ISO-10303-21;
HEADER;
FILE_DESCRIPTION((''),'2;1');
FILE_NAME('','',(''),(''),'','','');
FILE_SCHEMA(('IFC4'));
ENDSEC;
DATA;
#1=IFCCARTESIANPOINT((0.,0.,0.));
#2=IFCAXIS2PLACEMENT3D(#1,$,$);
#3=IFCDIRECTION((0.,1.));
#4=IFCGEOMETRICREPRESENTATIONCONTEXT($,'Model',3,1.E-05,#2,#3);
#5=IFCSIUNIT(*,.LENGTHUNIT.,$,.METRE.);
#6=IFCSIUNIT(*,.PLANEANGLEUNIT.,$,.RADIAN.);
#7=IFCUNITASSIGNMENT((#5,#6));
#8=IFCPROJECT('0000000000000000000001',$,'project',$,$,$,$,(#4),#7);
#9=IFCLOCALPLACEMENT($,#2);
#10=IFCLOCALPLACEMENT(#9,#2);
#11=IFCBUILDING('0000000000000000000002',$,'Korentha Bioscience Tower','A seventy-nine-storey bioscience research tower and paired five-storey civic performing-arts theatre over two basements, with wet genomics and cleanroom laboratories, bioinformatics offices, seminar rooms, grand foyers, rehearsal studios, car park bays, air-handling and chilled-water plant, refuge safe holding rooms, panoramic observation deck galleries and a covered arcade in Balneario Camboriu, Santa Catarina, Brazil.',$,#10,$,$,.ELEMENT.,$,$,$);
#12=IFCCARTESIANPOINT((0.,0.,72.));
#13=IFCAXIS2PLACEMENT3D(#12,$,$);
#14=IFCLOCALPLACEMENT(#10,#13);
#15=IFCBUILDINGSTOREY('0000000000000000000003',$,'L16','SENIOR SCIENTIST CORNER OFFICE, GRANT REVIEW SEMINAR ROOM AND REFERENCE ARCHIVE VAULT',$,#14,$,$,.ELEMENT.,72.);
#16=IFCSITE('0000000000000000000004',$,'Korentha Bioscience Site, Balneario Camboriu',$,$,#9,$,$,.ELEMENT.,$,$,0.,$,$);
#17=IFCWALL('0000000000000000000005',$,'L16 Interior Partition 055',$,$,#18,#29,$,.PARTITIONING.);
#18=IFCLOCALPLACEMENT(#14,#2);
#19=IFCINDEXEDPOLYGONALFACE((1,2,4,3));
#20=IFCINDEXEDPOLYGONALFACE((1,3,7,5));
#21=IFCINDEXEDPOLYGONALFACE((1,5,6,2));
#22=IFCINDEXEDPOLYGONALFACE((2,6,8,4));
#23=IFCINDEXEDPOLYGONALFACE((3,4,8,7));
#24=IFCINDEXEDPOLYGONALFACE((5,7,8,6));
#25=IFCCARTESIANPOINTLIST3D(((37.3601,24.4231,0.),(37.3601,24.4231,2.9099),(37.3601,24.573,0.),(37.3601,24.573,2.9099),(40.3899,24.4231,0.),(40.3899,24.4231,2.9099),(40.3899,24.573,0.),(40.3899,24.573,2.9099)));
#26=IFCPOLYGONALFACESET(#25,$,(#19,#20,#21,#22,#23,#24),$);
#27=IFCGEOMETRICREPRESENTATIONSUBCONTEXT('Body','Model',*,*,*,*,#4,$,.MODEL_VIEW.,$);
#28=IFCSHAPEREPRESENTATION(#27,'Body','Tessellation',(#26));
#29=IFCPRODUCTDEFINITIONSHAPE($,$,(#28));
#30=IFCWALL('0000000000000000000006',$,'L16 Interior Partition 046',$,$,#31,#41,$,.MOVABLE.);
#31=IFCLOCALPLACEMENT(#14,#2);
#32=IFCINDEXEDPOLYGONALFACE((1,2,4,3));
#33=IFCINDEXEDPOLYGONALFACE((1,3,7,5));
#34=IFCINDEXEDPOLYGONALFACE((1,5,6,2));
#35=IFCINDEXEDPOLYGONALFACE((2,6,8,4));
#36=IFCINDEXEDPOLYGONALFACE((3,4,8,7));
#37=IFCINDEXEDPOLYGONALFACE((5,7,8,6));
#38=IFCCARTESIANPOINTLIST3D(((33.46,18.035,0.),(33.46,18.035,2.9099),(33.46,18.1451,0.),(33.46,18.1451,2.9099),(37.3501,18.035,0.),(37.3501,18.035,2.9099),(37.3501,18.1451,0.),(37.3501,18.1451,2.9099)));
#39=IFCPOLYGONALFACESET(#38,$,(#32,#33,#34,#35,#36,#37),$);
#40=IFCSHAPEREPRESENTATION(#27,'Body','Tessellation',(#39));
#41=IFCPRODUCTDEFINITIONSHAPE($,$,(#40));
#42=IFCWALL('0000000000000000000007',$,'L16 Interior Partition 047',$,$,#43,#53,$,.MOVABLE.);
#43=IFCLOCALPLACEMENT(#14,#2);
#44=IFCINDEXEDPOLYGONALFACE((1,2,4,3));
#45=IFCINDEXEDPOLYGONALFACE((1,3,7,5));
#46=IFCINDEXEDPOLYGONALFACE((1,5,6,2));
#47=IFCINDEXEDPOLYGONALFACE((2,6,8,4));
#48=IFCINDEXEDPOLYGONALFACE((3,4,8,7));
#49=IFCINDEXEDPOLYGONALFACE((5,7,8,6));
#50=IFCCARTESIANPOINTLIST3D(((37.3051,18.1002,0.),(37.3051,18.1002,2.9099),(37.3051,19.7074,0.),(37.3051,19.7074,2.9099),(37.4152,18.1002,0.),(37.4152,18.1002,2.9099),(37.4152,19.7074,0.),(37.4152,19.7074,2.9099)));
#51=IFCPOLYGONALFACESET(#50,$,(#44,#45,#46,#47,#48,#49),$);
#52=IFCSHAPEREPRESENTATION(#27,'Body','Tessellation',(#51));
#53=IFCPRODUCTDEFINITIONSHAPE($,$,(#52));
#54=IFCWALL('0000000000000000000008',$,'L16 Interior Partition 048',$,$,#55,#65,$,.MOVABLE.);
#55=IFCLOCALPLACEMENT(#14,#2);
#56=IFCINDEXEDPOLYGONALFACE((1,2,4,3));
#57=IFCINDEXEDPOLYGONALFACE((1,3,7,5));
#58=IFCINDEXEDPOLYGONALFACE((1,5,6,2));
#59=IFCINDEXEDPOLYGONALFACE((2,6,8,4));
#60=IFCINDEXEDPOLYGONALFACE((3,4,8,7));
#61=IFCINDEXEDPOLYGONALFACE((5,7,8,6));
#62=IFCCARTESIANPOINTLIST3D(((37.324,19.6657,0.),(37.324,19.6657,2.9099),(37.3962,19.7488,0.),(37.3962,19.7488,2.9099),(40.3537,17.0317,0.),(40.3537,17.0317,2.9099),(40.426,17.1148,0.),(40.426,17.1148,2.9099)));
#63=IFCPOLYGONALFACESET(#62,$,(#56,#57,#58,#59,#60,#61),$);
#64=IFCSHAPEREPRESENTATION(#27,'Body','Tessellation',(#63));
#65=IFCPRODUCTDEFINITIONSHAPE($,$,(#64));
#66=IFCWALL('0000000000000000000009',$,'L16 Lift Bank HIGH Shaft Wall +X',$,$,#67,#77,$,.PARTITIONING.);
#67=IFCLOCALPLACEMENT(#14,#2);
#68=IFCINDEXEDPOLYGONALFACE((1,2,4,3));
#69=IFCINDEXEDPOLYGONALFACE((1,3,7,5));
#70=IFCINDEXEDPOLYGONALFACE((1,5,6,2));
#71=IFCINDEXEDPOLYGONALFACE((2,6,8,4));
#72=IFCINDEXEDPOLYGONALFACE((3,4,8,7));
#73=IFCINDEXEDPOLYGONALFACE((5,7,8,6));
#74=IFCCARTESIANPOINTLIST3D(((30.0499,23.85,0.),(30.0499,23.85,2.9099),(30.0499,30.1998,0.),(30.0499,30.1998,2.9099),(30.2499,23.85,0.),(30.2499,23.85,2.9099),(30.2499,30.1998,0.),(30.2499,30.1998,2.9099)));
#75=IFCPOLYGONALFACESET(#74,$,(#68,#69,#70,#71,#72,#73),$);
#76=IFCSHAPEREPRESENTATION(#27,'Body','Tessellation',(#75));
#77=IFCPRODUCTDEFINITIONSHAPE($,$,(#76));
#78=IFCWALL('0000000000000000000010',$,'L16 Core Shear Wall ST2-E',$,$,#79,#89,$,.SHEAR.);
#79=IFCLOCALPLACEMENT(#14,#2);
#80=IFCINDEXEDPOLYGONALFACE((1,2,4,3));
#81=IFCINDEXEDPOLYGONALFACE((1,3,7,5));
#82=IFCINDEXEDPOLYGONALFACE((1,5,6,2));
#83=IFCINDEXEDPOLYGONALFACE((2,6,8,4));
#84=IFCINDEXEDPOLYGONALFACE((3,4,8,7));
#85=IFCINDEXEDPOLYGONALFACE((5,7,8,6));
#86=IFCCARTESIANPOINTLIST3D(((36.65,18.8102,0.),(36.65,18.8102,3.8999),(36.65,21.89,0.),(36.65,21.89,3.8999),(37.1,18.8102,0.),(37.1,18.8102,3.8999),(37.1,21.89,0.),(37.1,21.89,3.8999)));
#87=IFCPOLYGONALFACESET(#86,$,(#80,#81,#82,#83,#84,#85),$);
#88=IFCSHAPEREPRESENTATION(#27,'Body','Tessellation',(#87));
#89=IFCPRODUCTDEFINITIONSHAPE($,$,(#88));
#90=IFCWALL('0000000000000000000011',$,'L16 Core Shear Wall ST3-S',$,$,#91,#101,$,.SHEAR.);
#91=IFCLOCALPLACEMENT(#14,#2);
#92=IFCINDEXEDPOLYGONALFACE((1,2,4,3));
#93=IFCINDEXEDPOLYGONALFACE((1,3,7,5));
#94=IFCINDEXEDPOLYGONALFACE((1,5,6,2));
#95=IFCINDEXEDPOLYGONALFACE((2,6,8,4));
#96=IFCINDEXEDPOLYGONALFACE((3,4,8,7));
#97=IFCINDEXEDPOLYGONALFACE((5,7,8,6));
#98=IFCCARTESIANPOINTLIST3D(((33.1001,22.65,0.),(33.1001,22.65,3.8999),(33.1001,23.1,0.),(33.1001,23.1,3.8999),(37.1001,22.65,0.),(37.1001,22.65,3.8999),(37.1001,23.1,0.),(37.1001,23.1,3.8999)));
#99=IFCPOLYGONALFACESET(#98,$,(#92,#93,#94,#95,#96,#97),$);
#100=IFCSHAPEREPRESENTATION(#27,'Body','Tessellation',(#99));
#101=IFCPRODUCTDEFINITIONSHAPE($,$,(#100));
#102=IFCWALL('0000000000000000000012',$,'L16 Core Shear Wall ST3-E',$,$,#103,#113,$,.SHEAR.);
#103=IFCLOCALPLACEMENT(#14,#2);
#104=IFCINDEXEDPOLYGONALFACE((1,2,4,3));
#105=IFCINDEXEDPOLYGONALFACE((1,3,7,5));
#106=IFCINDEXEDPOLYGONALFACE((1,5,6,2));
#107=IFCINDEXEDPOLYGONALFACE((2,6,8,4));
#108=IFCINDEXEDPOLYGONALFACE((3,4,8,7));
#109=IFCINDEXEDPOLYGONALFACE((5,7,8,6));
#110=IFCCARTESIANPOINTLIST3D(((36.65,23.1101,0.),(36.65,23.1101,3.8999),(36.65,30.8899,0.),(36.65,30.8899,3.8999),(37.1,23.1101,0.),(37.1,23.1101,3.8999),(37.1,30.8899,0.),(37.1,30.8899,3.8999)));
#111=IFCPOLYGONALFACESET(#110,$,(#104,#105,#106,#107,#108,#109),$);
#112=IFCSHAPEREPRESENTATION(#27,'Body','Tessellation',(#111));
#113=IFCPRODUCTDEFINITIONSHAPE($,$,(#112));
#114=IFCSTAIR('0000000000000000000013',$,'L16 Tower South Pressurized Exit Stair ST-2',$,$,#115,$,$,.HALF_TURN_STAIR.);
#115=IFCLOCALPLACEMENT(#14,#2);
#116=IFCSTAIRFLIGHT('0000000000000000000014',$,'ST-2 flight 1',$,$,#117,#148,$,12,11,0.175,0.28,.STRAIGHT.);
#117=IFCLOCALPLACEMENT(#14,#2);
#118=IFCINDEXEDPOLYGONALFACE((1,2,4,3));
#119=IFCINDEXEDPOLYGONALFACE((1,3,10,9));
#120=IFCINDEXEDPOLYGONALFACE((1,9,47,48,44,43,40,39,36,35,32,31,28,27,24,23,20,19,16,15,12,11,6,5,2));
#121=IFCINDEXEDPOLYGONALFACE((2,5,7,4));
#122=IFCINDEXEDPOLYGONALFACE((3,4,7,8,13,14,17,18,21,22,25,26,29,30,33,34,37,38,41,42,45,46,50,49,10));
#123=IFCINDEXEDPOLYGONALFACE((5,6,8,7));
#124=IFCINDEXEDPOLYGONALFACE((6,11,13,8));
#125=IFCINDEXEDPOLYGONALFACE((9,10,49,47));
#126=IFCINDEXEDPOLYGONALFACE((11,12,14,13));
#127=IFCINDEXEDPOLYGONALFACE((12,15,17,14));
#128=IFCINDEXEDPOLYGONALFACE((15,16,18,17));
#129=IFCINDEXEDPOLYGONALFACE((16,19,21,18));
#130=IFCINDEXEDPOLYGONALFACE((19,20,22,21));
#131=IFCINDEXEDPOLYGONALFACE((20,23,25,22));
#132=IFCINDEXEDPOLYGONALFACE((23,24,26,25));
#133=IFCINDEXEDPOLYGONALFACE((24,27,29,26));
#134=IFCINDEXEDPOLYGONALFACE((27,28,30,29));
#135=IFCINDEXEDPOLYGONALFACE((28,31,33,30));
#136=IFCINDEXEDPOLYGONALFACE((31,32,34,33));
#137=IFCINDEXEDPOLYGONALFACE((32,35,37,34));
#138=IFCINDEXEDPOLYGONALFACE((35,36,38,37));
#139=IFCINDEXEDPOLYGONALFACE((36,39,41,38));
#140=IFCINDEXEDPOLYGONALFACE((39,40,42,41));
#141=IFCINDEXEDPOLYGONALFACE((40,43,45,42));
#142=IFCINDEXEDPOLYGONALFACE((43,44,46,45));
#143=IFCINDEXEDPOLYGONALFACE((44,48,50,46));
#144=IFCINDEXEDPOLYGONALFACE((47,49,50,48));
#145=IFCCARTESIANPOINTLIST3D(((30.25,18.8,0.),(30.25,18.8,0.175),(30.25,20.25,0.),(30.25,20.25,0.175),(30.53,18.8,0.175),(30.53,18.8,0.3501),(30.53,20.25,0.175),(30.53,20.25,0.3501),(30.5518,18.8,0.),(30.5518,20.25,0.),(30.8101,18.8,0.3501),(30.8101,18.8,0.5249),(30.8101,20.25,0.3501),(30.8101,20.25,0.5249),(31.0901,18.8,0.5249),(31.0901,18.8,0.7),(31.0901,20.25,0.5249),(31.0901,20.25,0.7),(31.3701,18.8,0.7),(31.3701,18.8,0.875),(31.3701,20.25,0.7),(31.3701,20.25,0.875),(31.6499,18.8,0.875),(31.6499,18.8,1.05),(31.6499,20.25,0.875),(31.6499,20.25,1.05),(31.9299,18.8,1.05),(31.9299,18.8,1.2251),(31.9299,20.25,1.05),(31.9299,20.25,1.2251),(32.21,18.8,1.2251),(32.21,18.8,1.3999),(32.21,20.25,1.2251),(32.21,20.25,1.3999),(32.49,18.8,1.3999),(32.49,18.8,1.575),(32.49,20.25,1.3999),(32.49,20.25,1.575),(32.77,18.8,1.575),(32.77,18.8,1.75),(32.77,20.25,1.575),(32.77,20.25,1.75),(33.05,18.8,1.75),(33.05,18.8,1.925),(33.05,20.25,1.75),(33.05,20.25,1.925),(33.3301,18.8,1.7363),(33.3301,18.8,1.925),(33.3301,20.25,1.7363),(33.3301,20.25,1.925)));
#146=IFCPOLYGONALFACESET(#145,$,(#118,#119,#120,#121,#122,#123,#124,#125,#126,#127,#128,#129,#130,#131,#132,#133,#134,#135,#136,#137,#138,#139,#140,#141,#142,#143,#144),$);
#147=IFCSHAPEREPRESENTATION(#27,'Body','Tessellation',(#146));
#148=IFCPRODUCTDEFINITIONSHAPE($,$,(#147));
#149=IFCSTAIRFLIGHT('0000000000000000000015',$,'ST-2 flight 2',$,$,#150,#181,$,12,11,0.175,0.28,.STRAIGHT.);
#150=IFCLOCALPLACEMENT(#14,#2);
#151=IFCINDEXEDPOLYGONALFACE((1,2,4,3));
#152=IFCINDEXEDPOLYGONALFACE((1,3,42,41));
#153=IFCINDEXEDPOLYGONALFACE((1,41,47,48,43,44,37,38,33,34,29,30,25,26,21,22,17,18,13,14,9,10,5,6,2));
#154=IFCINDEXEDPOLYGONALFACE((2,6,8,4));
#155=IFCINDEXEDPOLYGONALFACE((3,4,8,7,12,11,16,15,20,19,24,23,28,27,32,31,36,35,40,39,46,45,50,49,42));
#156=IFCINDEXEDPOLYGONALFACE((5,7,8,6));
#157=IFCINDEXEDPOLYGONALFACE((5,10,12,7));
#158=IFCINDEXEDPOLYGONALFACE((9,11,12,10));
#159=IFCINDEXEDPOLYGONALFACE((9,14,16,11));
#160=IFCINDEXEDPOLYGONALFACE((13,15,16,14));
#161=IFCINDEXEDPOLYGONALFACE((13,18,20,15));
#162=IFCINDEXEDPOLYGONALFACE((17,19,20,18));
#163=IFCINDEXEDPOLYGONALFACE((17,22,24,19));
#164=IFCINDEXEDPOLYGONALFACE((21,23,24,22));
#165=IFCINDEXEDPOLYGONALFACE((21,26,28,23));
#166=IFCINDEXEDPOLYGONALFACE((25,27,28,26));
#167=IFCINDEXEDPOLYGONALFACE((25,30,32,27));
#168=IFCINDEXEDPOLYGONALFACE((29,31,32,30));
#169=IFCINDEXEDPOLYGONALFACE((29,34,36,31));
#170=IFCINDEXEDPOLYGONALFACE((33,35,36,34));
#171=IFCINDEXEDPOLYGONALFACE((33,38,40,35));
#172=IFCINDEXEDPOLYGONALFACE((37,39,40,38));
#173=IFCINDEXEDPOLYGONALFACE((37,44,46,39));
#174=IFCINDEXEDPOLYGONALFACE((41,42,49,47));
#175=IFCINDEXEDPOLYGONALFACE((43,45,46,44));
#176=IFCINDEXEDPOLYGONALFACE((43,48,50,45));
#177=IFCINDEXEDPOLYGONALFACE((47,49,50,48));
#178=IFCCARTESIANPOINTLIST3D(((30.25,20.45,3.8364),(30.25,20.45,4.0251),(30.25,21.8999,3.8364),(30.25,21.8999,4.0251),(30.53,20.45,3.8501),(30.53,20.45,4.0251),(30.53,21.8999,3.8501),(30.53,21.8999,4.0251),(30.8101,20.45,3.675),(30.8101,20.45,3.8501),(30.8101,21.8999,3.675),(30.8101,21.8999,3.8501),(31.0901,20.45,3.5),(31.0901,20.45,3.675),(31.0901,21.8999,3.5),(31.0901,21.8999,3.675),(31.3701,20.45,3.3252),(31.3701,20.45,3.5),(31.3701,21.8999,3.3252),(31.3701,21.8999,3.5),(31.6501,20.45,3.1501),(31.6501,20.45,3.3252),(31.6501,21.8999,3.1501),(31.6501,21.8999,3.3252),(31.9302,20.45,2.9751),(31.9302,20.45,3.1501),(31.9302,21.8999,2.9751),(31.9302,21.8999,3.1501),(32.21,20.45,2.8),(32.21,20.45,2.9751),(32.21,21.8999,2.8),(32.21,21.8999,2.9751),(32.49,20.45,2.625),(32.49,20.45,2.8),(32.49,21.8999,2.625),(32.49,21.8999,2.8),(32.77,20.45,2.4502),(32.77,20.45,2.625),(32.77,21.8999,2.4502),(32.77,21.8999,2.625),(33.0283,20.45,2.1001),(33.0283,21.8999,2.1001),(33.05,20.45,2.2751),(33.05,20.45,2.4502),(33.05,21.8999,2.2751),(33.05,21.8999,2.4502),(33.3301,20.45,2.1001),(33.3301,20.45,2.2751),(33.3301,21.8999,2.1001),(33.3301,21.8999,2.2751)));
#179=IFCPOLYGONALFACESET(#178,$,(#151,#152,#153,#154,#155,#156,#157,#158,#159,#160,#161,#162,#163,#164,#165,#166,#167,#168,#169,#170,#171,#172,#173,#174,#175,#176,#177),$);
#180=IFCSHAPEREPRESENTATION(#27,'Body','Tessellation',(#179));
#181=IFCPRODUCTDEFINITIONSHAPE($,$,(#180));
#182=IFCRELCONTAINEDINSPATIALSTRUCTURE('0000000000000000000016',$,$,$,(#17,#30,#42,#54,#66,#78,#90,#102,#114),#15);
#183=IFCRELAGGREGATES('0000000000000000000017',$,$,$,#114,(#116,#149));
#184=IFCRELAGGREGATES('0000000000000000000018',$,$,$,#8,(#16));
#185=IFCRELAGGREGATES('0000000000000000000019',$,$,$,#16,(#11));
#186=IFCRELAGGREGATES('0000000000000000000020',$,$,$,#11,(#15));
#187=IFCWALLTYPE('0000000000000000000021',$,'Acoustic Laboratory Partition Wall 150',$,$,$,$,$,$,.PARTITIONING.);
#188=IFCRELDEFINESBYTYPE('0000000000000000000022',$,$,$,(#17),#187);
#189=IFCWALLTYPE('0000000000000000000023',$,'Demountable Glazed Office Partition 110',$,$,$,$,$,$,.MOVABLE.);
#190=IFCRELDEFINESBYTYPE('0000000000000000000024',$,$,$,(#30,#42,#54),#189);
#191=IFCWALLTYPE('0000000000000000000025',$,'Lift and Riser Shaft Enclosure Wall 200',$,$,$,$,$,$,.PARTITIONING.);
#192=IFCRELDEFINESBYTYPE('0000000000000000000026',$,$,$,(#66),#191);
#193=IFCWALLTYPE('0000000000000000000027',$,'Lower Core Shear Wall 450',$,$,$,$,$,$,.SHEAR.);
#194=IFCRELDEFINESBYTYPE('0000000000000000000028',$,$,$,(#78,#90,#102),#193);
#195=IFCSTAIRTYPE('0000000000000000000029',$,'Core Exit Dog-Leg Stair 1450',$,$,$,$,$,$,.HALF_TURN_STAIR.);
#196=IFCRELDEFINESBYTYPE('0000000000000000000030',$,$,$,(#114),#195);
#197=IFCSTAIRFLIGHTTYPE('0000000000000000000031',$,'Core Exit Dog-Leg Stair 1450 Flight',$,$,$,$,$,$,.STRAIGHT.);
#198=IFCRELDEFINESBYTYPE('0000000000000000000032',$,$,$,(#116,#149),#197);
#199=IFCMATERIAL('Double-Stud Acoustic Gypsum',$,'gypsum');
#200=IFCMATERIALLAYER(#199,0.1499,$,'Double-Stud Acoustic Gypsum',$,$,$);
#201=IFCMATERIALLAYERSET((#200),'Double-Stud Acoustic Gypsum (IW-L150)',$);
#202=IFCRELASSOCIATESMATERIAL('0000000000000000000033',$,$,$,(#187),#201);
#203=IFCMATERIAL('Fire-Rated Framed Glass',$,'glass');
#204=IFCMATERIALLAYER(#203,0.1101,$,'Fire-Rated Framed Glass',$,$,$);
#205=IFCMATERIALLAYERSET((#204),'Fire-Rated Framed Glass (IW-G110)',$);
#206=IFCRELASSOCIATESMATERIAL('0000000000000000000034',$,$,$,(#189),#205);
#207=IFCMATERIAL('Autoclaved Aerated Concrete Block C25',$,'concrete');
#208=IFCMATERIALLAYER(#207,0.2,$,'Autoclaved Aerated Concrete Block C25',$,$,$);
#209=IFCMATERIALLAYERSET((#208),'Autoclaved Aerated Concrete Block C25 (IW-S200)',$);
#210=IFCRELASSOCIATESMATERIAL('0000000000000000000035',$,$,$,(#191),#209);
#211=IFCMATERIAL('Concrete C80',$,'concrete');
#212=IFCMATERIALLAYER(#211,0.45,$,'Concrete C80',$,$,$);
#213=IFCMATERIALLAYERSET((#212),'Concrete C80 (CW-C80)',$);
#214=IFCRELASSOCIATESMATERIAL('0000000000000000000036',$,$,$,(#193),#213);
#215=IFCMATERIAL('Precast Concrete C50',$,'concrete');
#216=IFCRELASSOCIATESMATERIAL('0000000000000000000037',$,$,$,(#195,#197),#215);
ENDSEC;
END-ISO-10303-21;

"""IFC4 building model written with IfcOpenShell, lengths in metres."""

from ifc_helpers import new_model, si_unit, direction, frame, frame_2d, origin, place, context, subcontext, project, spatial, polyline, rectangle, outline, extrude, material, layer, layer_set, type_object, element, aggregate, save


model = new_model("IFC4")

# Units and contexts
model_context = context("Model", 3, precision=1e-05, world=origin(), true_north=direction((0.0, 1.0)))
body_context = subcontext(model_context, "Body", "Model", "MODEL_VIEW")
ifc_project = project(units=[si_unit("LENGTHUNIT", "METRE"), si_unit("PLANEANGLEUNIT", "RADIAN")], contexts=[model_context])

# Site, building, storey
site_placement = place(None, origin())
site = spatial("IfcSite", under=ifc_project, at=site_placement, Name="Korentha Bioscience Site, Balneario Camboriu", CompositionType="ELEMENT", RefElevation=0.0)
building_placement = place(site_placement, origin())
building = spatial("IfcBuilding", under=site, at=building_placement, Name="Korentha Bioscience Tower", Description="A seventy-nine-storey bioscience research tower and paired five-storey civic performing-arts theatre over two basements, with wet genomics and cleanroom laboratories, bioinformatics offices, seminar rooms, grand foyers, rehearsal studios, car park bays, air-handling and chilled-water plant, refuge safe holding rooms, panoramic observation deck galleries and a covered arcade in Balneario Camboriu, Santa Catarina, Brazil.", CompositionType="ELEMENT")
storey_placement = place(building_placement, frame((0.0, 0.0, 72.0)))
storey = spatial("IfcBuildingStorey", under=building, at=storey_placement, Name="L16", Description="SENIOR SCIENTIST CORNER OFFICE, GRANT REVIEW SEMINAR ROOM AND REFERENCE ARCHIVE VAULT", CompositionType="ELEMENT", Elevation=72.0)

# Shared definitions
ifc_material_1 = material(Name="Double-Stud Acoustic Gypsum", Category="gypsum")
ifc_layer_1 = layer(ifc_material_1, 0.1499, Name="Double-Stud Acoustic Gypsum")
ifc_layer_set_1 = layer_set([ifc_layer_1], Name="Double-Stud Acoustic Gypsum (IW-L150)")
wall_type_1 = type_object("IfcWallType", Name="Acoustic Laboratory Partition Wall 150", PredefinedType="PARTITIONING", material=ifc_layer_set_1)

# Walls
wall_1_placement = place(storey_placement, frame((37.3601, 24.498, 0.0), z_axis=(0.0, 0.0, 1.0), x_axis=(1.0, 0.0, 0.0)))
element("IfcWall", 1, at=wall_1_placement, inside=storey, type_object=wall_type_1, Name="L16 Interior Partition 055", PredefinedType="PARTITIONING", context=body_context, shape_type="SweptSolid", body=[
    extrude(rectangle(XDim=3.0298, YDim=0.1499, at=frame_2d((1.5149, 0.0))), origin(), (0.0, 0.0, 1.0), 2.9099),
])
ifc_material_2 = material(Name="Fire-Rated Framed Glass", Category="glass")
ifc_layer_2 = layer(ifc_material_2, 0.1101, Name="Fire-Rated Framed Glass")
ifc_layer_set_2 = layer_set([ifc_layer_2], Name="Fire-Rated Framed Glass (IW-G110)")
wall_type_2 = type_object("IfcWallType", Name="Demountable Glazed Office Partition 110", PredefinedType="MOVABLE", material=ifc_layer_set_2)
wall_2_placement = place(storey_placement, frame((33.46, 18.0901, 0.0), z_axis=(0.0, 0.0, 1.0), x_axis=(1.0, 0.0, 0.0)))
element("IfcWall", 2, at=wall_2_placement, inside=storey, type_object=wall_type_2, Name="L16 Interior Partition 046", PredefinedType="MOVABLE", context=body_context, shape_type="SweptSolid", body=[
    extrude(rectangle(XDim=3.8901, YDim=0.1101, at=frame_2d((1.9451, 0.0))), origin(), (0.0, 0.0, 1.0), 2.9099),
])
wall_3_placement = place(storey_placement, frame((37.3601, 18.1001, 0.0), z_axis=(0.0, 0.0, 1.0), x_axis=(0.0, 1.0, 0.0)))
element("IfcWall", 3, at=wall_3_placement, inside=storey, type_object=wall_type_2, Name="L16 Interior Partition 047", PredefinedType="MOVABLE", context=body_context, shape_type="SweptSolid", body=[
    extrude(rectangle(XDim=1.6072, YDim=0.1101, at=frame_2d((0.8037, 0.0))), origin(), (0.0, 0.0, 1.0), 2.9099),
])
wall_4_placement = place(storey_placement, frame((37.3601, 19.7073, 0.0), z_axis=(0.0, 0.0, 1.0), x_axis=(0.754675, -0.656099, 0.0)))
element("IfcWall", 4, at=wall_4_placement, inside=storey, type_object=wall_type_2, Name="L16 Interior Partition 048", PredefinedType="MOVABLE", context=body_context, shape_type="SweptSolid", body=[
    extrude(rectangle(XDim=4.0146, YDim=0.1101, at=frame_2d((2.0073, 0.0))), origin(), (0.0, 0.0, 1.0), 2.9099),
])
ifc_material_3 = material(Name="Autoclaved Aerated Concrete Block C25", Category="concrete")
ifc_layer_3 = layer(ifc_material_3, 0.2, Name="Autoclaved Aerated Concrete Block C25")
ifc_layer_set_3 = layer_set([ifc_layer_3], Name="Autoclaved Aerated Concrete Block C25 (IW-S200)")
wall_type_3 = type_object("IfcWallType", Name="Lift and Riser Shaft Enclosure Wall 200", PredefinedType="PARTITIONING", material=ifc_layer_set_3)
wall_5_placement = place(storey_placement, frame((30.1499, 23.8501, 0.0), z_axis=(0.0, 0.0, 1.0), x_axis=(0.0, 1.0, 0.0)))
element("IfcWall", 5, at=wall_5_placement, inside=storey, type_object=wall_type_3, Name="L16 Lift Bank HIGH Shaft Wall +X", PredefinedType="PARTITIONING", context=body_context, shape_type="SweptSolid", body=[
    extrude(rectangle(XDim=6.3499, YDim=0.2, at=frame_2d((3.1748, 0.0))), origin(), (0.0, 0.0, 1.0), 2.9099),
])
ifc_material_4 = material(Name="Concrete C80", Category="concrete")
ifc_layer_4 = layer(ifc_material_4, 0.45, Name="Concrete C80")
ifc_layer_set_4 = layer_set([ifc_layer_4], Name="Concrete C80 (CW-C80)")
wall_type_4 = type_object("IfcWallType", Name="Lower Core Shear Wall 450", PredefinedType="SHEAR", material=ifc_layer_set_4)
wall_6_placement = place(storey_placement, frame((36.875, 18.8101, 0.0), z_axis=(0.0, 0.0, 1.0), x_axis=(0.0, 1.0, 0.0)))
element("IfcWall", 6, at=wall_6_placement, inside=storey, type_object=wall_type_4, Name="L16 Core Shear Wall ST2-E", PredefinedType="SHEAR", context=body_context, shape_type="SweptSolid", body=[
    extrude(rectangle(XDim=3.0798, YDim=0.45, at=frame_2d((1.54, 0.0))), origin(), (0.0, 0.0, 1.0), 3.8999),
])
wall_7_placement = place(storey_placement, frame((33.1001, 22.875, 0.0), z_axis=(0.0, 0.0, 1.0), x_axis=(1.0, 0.0, 0.0)))
element("IfcWall", 7, at=wall_7_placement, inside=storey, type_object=wall_type_4, Name="L16 Core Shear Wall ST3-S", PredefinedType="SHEAR", context=body_context, shape_type="SweptSolid", body=[
    extrude(rectangle(XDim=4.0, YDim=0.45, at=frame_2d((2.0, 0.0))), origin(), (0.0, 0.0, 1.0), 3.8999),
])
wall_8_placement = place(storey_placement, frame((36.875, 23.1101, 0.0), z_axis=(0.0, 0.0, 1.0), x_axis=(0.0, 1.0, 0.0)))
element("IfcWall", 8, at=wall_8_placement, inside=storey, type_object=wall_type_4, Name="L16 Core Shear Wall ST3-E", PredefinedType="SHEAR", context=body_context, shape_type="SweptSolid", body=[
    extrude(rectangle(XDim=7.7798, YDim=0.45, at=frame_2d((3.8899, 0.0))), origin(), (0.0, 0.0, 1.0), 3.8999),
])

# Stair, stair flights
ifc_material_5 = material(Name="Precast Concrete C50", Category="concrete")
stair_type = type_object("IfcStairType", Name="Core Exit Dog-Leg Stair 1450", PredefinedType="HALF_TURN_STAIR", material=ifc_material_5)
stair_1_placement = place(storey_placement, origin())
stair_1 = element("IfcStair", 9, at=stair_1_placement, inside=storey, type_object=stair_type, Name="L16 Tower South Pressurized Exit Stair ST-2", PredefinedType="HALF_TURN_STAIR")
stair_flight_type = type_object("IfcStairFlightType", Name="Core Exit Dog-Leg Stair 1450 Flight", PredefinedType="STRAIGHT", material=ifc_material_5)
stair_flight_1_placement = place(storey_placement, frame((30.25, 19.5249, 0.0), z_axis=(0.0, 0.0, 1.0), x_axis=(1.0, 0.0, 0.0)))
stair_flight_1 = element("IfcStairFlight", 10, at=stair_flight_1_placement, type_object=stair_flight_type, Name="ST-2 flight 1", NumberOfRisers=12, NumberOfTreads=11, PredefinedType="STRAIGHT", RiserHeight=0.175, TreadLength=0.28, context=body_context, shape_type="SweptSolid", body=[
    extrude(outline(polyline([(0.0, 0.0), (0.0, 0.175), (0.28, 0.175), (0.28, 0.3501), (0.5601, 0.3501), (0.5601, 0.5249), (0.8401, 0.5249), (0.8401, 0.7), (1.1201, 0.7), (1.1201, 0.875), (1.3999, 0.875), (1.3999, 1.05), (1.6799, 1.05), (1.6799, 1.2251), (1.96, 1.2251), (1.96, 1.3999), (2.24, 1.3999), (2.24, 1.575), (2.52, 1.575), (2.52, 1.75), (2.8, 1.75), (2.8, 1.925), (3.0801, 1.925), (3.0801, 2.1001), (3.0801, 1.7363), (0.3018, 0.0), (0.0, 0.0)])), frame((0.0, 0.7251, 0.0), z_axis=(0.0, -1.0, 0.0), x_axis=(1.0, 0.0, 0.0)), (0.0, 0.0, 1.0), 1.45),
])
stair_flight_2_placement = place(storey_placement, frame((33.3301, 21.175, 2.1001), z_axis=(0.0, 0.0, 1.0), x_axis=(-1.0, 0.0, 0.0)))
stair_flight_2 = element("IfcStairFlight", 11, at=stair_flight_2_placement, type_object=stair_flight_type, Name="ST-2 flight 2", NumberOfRisers=12, NumberOfTreads=11, PredefinedType="STRAIGHT", RiserHeight=0.175, TreadLength=0.28, context=body_context, shape_type="SweptSolid", body=[
    extrude(outline(polyline([(0.0, 0.0), (0.0, 0.175), (0.28, 0.175), (0.28, 0.3501), (0.5601, 0.3501), (0.5601, 0.5249), (0.8401, 0.5249), (0.8401, 0.7), (1.1201, 0.7), (1.1201, 0.875), (1.3999, 0.875), (1.3999, 1.05), (1.6799, 1.05), (1.6799, 1.2251), (1.96, 1.2251), (1.96, 1.3999), (2.24, 1.3999), (2.24, 1.575), (2.52, 1.575), (2.52, 1.75), (2.8, 1.75), (2.8, 1.925), (3.0801, 1.925), (3.0801, 2.1001), (3.0801, 1.7363), (0.3018, 0.0), (0.0, 0.0)])), frame((0.0, 0.7251, 0.0), z_axis=(0.0, -1.0, 0.0), x_axis=(1.0, 0.0, 0.0)), (0.0, 0.0, 1.0), 1.45),
])
aggregate(stair_1, [stair_flight_1, stair_flight_2])

save(model, "model.ifc")
